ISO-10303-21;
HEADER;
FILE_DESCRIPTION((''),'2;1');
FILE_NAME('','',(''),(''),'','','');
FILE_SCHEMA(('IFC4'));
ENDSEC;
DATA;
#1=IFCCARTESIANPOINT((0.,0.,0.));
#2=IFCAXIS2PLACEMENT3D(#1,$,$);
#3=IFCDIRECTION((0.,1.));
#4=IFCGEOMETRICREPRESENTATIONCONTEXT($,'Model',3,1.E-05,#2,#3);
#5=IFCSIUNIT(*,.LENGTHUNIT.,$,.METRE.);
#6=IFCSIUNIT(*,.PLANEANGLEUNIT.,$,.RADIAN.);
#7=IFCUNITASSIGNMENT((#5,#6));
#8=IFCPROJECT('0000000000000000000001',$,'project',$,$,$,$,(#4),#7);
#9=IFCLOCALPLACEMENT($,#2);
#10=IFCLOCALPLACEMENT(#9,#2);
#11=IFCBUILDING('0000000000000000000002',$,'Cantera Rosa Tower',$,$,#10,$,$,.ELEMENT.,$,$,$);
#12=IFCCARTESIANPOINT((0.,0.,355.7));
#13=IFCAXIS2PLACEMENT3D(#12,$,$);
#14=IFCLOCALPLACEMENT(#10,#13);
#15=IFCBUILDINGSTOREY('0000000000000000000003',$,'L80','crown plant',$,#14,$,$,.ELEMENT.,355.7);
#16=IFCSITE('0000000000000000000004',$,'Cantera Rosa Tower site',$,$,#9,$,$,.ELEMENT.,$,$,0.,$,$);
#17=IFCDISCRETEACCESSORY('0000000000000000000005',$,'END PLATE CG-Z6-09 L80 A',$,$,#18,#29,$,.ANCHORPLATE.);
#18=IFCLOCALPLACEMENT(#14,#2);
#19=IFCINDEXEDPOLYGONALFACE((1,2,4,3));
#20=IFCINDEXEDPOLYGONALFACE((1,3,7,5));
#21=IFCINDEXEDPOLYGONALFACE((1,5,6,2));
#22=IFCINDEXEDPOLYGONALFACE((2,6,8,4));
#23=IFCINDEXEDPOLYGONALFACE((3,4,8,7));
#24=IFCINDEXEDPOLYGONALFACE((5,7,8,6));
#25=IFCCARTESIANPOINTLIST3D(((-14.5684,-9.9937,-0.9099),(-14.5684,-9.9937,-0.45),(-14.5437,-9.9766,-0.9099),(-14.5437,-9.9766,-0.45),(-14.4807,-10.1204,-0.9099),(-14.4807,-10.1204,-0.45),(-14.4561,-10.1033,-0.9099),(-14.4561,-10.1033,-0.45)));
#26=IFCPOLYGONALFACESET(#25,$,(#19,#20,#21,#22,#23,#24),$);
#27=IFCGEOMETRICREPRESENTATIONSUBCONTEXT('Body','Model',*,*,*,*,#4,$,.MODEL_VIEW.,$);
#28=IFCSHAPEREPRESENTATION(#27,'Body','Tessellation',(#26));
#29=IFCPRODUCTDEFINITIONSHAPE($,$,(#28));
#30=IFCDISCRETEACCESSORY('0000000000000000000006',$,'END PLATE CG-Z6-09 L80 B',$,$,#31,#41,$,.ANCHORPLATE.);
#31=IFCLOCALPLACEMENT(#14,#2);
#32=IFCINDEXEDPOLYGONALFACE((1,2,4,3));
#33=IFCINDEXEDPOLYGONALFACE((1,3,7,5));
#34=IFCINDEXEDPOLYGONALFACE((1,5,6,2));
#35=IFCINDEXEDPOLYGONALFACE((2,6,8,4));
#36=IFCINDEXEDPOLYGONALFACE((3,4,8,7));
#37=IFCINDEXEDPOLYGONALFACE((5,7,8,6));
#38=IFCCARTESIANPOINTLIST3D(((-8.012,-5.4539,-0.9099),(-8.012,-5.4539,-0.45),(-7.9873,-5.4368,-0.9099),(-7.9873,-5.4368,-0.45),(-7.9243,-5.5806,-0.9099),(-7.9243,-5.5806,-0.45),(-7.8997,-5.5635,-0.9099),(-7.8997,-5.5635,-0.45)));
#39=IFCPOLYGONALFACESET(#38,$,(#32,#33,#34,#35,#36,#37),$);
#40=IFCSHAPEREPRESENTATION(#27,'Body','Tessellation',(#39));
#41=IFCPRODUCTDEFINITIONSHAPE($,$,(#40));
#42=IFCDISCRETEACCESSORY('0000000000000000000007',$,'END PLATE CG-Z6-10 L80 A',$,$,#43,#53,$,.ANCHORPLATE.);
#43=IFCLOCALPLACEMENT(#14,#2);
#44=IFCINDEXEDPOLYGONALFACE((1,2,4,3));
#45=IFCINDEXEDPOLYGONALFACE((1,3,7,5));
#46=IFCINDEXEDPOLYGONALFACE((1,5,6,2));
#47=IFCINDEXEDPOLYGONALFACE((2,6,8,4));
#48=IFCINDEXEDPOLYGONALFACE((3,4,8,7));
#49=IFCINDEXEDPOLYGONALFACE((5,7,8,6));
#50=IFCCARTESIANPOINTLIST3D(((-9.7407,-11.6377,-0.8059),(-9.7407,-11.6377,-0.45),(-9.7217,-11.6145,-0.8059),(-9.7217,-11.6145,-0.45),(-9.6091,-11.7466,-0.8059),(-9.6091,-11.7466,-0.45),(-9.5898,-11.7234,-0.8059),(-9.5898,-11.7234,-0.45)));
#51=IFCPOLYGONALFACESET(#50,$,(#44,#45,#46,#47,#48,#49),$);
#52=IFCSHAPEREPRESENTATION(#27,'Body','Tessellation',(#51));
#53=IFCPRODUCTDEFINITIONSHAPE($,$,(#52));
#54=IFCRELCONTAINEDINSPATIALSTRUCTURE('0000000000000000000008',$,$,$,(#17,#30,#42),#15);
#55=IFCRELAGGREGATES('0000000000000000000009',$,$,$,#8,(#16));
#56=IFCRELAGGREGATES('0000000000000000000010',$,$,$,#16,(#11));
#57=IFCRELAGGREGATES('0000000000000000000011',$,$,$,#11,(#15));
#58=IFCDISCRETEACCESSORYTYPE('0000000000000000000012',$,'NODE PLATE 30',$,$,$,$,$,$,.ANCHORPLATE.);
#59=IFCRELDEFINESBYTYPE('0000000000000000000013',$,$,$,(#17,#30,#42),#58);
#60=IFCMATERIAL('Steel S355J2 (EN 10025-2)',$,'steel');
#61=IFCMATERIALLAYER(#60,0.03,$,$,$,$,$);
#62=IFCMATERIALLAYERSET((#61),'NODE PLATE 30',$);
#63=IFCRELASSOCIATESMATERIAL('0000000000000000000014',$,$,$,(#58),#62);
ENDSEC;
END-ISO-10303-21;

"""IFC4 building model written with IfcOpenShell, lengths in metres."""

from ifc_helpers import new_model, si_unit, direction, frame, origin, place, context, subcontext, project, spatial, polyline, outline, extrude, material, layer, layer_set, type_object, element, save


model = new_model("IFC4")

# Units and contexts
model_context = context("Model", 3, precision=1e-05, world=origin(), true_north=direction((0.0, 1.0)))
body_context = subcontext(model_context, "Body", "Model", "MODEL_VIEW")
ifc_project = project(units=[si_unit("LENGTHUNIT", "METRE"), si_unit("PLANEANGLEUNIT", "RADIAN")], contexts=[model_context])

# Site, building, storey
site_placement = place(None, origin())
site = spatial("IfcSite", under=ifc_project, at=site_placement, Name="Cantera Rosa Tower site", CompositionType="ELEMENT", RefElevation=0.0)
building_placement = place(site_placement, origin())
building = spatial("IfcBuilding", under=site, at=building_placement, Name="Cantera Rosa Tower", CompositionType="ELEMENT")
storey_placement = place(building_placement, frame((0.0, 0.0, 355.7)))
storey = spatial("IfcBuildingStorey", under=building, at=storey_placement, Name="L80", Description="crown plant", CompositionType="ELEMENT", Elevation=355.7)

# Discrete accessories
ifc_material_1 = material(Name="Steel S355J2 (EN 10025-2)", Category="steel")
ifc_layer_1 = layer(ifc_material_1, 0.03)
ifc_layer_set_1 = layer_set([ifc_layer_1], Name="NODE PLATE 30")
discrete_accessory_type = type_object("IfcDiscreteAccessoryType", Name="NODE PLATE 30", PredefinedType="ANCHORPLATE", material=ifc_layer_set_1)
discrete_accessory_1_placement = place(storey_placement, frame((0.0, 0.0, -0.9099)))
element("IfcDiscreteAccessory", 1, at=discrete_accessory_1_placement, inside=storey, type_object=discrete_accessory_type, Name="END PLATE CG-Z6-09 L80 A", PredefinedType="ANCHORPLATE", context=body_context, shape_type="SweptSolid", body=[
    extrude(outline(polyline([(-14.4561, -10.1033), (-14.4807, -10.1204), (-14.5684, -9.9937), (-14.5437, -9.9766), (-14.4561, -10.1033)])), origin(), (0.0, 0.0, 1.0), 0.46),
])
discrete_accessory_2_placement = place(storey_placement, frame((0.0, 0.0, -0.9099)))
element("IfcDiscreteAccessory", 2, at=discrete_accessory_2_placement, inside=storey, type_object=discrete_accessory_type, Name="END PLATE CG-Z6-09 L80 B", PredefinedType="ANCHORPLATE", context=body_context, shape_type="SweptSolid", body=[
    extrude(outline(polyline([(-8.012, -5.4539), (-7.9873, -5.4368), (-7.8997, -5.5635), (-7.9243, -5.5806), (-8.012, -5.4539)])), origin(), (0.0, 0.0, 1.0), 0.46),
])
discrete_accessory_3_placement = place(storey_placement, frame((0.0, 0.0, -0.8059)))
element("IfcDiscreteAccessory", 3, at=discrete_accessory_3_placement, inside=storey, type_object=discrete_accessory_type, Name="END PLATE CG-Z6-10 L80 A", PredefinedType="ANCHORPLATE", context=body_context, shape_type="SweptSolid", body=[
    extrude(outline(polyline([(-9.5898, -11.7234), (-9.6091, -11.7466), (-9.7407, -11.6377), (-9.7217, -11.6145), (-9.5898, -11.7234)])), origin(), (0.0, 0.0, 1.0), 0.356),
])

save(model, "model.ifc")
